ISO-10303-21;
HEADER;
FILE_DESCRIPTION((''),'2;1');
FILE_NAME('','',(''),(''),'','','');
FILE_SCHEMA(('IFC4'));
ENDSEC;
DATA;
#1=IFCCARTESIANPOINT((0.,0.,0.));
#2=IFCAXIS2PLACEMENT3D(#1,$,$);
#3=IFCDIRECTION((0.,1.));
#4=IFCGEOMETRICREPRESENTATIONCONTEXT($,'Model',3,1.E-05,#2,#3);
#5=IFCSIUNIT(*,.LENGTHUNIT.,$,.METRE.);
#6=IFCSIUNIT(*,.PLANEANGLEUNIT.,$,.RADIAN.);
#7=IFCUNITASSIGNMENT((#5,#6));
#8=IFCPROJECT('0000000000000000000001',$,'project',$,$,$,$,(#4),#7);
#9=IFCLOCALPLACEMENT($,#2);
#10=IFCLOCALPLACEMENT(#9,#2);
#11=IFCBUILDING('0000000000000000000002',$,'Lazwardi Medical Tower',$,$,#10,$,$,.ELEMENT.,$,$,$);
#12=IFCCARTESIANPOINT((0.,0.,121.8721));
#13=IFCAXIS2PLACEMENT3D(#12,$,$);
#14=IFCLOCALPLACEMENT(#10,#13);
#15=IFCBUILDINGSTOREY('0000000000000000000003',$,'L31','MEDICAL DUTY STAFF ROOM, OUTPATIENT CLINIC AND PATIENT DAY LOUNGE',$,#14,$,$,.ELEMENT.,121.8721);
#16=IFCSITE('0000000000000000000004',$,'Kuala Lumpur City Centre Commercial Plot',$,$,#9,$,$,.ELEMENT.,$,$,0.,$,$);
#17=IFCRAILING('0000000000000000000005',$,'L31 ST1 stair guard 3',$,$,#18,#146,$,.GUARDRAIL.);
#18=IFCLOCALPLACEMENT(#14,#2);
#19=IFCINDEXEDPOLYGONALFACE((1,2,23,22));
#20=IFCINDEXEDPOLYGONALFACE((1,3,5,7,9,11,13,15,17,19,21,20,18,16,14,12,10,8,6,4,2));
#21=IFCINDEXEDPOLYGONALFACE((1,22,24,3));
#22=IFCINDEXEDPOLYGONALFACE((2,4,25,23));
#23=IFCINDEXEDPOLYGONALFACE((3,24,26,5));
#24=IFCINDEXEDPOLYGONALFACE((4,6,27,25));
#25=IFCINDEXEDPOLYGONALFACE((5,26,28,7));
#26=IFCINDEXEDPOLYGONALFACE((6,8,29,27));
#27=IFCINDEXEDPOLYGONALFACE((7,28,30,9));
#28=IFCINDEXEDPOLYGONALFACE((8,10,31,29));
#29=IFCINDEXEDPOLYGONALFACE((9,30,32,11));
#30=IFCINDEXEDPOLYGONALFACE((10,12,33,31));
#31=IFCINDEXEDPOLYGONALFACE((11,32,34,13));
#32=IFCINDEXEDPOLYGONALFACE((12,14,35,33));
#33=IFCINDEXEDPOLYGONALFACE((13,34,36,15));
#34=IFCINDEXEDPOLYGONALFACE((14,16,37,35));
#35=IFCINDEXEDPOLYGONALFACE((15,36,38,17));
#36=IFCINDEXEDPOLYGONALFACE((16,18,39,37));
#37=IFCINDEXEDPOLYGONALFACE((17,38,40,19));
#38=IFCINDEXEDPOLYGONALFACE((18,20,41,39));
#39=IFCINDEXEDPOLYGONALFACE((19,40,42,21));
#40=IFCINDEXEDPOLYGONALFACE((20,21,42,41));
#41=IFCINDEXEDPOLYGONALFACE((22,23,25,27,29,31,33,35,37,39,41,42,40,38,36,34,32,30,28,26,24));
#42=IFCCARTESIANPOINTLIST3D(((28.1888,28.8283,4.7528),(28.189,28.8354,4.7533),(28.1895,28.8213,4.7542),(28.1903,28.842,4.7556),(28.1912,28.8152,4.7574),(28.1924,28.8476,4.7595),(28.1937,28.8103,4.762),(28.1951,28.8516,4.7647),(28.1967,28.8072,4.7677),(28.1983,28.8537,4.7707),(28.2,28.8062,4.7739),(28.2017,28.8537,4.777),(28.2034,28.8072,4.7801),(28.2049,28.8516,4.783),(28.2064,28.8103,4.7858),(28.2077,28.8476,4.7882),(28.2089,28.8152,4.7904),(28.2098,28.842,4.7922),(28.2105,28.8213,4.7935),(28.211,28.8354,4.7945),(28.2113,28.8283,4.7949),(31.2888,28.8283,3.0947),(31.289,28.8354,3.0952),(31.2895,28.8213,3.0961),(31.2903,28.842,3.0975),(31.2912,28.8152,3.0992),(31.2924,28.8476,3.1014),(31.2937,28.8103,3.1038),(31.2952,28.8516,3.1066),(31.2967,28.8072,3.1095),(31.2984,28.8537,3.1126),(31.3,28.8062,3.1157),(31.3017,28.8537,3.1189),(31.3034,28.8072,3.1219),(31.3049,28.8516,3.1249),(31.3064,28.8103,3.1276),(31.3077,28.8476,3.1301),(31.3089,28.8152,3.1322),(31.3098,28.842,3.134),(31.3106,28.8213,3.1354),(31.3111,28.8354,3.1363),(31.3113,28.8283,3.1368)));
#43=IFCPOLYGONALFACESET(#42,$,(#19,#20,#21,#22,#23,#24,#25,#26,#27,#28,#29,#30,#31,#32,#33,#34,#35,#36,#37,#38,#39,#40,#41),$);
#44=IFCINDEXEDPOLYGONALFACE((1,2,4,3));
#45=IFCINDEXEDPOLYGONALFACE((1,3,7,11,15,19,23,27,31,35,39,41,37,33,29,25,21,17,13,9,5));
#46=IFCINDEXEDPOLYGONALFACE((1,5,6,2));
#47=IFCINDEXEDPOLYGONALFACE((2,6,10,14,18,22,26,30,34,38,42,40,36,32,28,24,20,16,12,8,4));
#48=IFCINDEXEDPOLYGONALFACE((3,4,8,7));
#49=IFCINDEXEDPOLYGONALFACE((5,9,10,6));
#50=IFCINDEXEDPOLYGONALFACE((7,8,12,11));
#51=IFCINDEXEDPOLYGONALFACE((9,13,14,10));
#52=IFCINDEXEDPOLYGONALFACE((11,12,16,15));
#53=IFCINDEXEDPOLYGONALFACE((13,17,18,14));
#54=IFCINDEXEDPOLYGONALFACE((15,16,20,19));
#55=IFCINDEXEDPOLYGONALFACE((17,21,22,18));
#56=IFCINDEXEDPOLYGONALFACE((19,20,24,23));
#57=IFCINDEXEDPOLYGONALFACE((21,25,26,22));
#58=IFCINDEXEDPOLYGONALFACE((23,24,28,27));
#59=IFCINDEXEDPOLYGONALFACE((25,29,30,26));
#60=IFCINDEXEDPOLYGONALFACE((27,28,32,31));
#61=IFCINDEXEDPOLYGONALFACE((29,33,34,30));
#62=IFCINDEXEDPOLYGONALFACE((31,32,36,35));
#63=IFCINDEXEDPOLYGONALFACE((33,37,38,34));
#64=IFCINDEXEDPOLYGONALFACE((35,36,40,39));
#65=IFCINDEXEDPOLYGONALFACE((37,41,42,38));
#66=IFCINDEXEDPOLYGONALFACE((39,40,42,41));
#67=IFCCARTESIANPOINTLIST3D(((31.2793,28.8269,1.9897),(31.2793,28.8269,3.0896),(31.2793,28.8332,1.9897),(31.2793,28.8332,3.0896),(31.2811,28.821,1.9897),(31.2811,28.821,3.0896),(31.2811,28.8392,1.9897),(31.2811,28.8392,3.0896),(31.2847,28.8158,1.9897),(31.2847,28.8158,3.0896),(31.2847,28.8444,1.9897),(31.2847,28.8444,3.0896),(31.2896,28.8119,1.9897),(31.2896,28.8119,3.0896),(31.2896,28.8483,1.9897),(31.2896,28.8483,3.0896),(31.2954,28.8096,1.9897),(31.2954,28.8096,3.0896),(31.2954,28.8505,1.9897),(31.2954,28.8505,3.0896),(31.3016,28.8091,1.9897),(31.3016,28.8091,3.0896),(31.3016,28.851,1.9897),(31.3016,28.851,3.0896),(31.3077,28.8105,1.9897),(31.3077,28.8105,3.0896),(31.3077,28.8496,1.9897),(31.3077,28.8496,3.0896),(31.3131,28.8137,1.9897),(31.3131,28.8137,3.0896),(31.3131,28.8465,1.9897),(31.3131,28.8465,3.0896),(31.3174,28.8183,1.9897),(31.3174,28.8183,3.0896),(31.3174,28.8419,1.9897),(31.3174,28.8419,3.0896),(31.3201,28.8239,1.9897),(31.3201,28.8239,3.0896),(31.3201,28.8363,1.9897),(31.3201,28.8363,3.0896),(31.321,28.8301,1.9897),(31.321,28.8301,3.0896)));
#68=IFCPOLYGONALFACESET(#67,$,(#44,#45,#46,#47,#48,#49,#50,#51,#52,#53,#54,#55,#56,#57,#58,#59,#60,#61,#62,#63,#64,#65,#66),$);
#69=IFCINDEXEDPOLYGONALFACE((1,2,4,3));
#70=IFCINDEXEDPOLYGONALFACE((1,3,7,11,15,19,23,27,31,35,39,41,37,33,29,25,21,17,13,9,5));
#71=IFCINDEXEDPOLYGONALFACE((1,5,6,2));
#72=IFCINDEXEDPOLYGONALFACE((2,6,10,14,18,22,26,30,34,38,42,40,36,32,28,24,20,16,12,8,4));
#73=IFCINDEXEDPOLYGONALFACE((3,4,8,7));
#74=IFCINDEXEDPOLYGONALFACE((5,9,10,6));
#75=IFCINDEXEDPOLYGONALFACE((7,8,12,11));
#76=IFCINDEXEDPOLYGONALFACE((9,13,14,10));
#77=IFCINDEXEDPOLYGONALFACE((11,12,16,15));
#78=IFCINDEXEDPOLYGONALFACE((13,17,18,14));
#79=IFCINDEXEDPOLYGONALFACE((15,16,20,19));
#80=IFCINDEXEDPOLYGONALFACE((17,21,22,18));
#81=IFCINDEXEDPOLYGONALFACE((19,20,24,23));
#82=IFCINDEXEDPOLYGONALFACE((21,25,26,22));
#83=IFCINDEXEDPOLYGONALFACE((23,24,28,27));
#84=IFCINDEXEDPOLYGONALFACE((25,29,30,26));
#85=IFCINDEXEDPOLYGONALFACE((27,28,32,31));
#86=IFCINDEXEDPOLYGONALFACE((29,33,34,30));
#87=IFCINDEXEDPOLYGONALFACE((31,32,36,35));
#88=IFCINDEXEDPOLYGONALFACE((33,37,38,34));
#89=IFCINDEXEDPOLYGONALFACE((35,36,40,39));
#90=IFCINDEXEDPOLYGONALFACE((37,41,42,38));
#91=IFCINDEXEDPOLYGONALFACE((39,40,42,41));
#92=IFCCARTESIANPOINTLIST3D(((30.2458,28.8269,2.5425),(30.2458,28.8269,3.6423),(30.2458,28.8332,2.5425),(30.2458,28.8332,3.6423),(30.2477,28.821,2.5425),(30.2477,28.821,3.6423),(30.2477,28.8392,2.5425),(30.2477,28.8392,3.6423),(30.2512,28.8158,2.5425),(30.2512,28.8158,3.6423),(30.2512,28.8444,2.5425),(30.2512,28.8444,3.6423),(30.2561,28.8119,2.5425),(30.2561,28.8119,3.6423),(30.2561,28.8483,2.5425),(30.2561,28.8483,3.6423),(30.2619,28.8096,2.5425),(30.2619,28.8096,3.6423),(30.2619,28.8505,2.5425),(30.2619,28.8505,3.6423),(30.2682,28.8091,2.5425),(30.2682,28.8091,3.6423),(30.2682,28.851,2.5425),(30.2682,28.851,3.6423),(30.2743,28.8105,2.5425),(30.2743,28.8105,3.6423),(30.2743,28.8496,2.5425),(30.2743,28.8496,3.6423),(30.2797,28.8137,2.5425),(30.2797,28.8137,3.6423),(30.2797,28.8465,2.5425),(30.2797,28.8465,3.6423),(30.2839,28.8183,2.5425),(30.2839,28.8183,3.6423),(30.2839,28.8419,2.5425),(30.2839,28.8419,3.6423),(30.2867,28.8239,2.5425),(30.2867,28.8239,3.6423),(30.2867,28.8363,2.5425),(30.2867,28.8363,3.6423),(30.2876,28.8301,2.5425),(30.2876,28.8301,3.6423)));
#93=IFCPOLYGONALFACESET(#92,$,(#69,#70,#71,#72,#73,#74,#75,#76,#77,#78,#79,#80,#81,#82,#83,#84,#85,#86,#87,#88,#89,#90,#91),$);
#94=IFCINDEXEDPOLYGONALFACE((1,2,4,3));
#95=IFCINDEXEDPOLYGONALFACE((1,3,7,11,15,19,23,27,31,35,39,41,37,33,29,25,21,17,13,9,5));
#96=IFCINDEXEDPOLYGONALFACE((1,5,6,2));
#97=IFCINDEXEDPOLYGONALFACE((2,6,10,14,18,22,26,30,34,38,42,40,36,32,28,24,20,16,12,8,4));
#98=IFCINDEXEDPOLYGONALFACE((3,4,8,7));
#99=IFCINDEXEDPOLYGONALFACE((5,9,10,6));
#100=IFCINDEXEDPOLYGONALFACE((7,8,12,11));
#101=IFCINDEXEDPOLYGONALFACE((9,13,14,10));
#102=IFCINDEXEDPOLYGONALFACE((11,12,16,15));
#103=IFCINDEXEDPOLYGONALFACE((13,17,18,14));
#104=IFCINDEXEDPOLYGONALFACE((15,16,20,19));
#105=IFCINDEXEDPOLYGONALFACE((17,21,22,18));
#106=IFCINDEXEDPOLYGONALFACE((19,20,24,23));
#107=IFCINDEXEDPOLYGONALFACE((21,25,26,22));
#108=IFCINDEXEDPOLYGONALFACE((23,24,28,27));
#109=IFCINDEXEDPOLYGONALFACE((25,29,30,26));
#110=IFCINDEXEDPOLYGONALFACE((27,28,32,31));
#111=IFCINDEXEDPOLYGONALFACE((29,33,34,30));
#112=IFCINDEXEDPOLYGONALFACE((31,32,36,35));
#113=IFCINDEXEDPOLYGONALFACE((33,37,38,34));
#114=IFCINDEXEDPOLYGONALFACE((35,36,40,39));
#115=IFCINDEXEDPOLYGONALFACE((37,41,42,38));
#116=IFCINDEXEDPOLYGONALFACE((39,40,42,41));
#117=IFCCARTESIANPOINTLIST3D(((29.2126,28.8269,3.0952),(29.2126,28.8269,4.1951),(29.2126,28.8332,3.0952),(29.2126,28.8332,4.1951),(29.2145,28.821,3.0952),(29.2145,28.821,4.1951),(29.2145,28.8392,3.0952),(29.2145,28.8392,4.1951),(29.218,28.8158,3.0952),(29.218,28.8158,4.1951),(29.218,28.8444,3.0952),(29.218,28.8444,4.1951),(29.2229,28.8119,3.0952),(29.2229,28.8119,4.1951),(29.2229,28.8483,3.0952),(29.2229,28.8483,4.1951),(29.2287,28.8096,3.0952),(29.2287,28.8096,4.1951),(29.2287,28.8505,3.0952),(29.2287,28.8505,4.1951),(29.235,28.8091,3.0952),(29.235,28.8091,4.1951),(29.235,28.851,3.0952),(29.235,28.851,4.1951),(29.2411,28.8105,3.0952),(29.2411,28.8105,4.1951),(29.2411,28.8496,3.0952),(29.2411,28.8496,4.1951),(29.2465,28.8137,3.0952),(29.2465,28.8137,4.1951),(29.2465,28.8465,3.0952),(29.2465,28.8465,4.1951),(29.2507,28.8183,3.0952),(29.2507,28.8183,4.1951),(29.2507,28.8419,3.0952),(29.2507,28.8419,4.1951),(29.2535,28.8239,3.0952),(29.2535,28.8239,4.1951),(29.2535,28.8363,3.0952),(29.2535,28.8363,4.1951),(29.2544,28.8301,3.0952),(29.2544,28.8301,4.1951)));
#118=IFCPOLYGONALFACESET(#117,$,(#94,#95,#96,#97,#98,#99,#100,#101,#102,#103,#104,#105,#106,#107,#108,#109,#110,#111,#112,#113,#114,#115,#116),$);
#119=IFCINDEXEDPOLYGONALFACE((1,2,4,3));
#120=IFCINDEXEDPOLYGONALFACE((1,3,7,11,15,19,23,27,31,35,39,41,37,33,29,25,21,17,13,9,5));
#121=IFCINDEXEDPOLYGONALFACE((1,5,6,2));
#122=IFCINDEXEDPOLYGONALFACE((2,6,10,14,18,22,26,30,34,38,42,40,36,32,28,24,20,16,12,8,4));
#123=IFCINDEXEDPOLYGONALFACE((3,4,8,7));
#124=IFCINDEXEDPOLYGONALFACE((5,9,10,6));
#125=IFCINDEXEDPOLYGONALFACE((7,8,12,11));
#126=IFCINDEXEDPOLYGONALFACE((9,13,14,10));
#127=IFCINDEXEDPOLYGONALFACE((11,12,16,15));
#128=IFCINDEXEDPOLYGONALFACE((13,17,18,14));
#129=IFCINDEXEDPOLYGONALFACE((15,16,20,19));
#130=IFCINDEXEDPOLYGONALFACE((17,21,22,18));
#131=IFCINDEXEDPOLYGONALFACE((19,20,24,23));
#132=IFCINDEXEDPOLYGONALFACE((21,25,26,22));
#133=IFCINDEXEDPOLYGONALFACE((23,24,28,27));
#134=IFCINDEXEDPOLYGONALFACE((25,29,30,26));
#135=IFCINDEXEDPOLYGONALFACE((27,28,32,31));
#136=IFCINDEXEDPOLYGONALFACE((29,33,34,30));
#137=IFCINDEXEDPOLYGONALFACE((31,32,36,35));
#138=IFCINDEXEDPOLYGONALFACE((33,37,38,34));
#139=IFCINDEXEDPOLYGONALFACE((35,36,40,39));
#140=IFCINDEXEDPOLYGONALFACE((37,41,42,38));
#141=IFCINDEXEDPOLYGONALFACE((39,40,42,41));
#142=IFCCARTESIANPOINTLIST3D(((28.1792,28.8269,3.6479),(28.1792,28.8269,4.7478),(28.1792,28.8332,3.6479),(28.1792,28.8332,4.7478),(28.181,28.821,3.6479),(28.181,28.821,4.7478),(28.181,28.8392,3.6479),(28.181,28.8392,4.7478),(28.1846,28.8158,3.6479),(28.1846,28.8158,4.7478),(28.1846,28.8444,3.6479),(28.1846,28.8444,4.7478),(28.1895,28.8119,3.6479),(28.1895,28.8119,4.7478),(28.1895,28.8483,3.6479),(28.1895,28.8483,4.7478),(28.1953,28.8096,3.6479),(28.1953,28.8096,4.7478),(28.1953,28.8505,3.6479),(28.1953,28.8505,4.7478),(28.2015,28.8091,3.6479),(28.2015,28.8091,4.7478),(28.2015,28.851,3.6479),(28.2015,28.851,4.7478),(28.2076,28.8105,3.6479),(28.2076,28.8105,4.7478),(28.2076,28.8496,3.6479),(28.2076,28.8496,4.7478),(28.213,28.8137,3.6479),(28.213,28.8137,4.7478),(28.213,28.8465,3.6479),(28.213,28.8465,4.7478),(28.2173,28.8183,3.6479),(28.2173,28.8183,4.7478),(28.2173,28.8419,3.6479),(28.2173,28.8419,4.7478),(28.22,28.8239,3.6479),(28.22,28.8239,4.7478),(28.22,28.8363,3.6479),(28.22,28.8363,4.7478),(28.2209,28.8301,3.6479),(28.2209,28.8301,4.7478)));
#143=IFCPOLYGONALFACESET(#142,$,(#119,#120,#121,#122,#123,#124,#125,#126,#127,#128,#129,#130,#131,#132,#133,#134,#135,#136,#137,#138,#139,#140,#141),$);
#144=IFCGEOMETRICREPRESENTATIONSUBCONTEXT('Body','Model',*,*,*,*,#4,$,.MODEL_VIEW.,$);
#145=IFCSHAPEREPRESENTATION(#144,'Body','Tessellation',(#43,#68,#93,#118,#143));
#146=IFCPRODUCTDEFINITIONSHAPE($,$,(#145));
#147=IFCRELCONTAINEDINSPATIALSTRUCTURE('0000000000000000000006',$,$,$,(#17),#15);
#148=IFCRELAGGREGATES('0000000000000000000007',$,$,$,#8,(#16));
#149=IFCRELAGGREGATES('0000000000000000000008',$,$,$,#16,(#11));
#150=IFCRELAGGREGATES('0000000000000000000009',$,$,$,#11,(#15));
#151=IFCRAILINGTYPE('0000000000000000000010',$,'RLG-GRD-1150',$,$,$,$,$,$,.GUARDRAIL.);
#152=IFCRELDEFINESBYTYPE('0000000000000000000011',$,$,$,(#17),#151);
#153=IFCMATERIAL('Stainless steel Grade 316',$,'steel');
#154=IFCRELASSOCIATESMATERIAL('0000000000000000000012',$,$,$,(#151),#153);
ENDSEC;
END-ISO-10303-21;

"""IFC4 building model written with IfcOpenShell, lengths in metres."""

from ifc_helpers import new_model, si_unit, direction, frame, origin, origin_2d, place, context, subcontext, project, spatial, circle, extrude, material, type_object, element, save


model = new_model("IFC4")

# Units and contexts
model_context = context("Model", 3, precision=1e-05, world=origin(), true_north=direction((0.0, 1.0)))
body_context = subcontext(model_context, "Body", "Model", "MODEL_VIEW")
ifc_project = project(units=[si_unit("LENGTHUNIT", "METRE"), si_unit("PLANEANGLEUNIT", "RADIAN")], contexts=[model_context])

# Site, building, storey
site_placement = place(None, origin())
site = spatial("IfcSite", under=ifc_project, at=site_placement, Name="Kuala Lumpur City Centre Commercial Plot", CompositionType="ELEMENT", RefElevation=0.0)
building_placement = place(site_placement, origin())
building = spatial("IfcBuilding", under=site, at=building_placement, Name="Lazwardi Medical Tower", CompositionType="ELEMENT")
storey_placement = place(building_placement, frame((0.0, 0.0, 121.8721)))
storey = spatial("IfcBuildingStorey", under=building, at=storey_placement, Name="L31", Description="MEDICAL DUTY STAFF ROOM, OUTPATIENT CLINIC AND PATIENT DAY LOUNGE", CompositionType="ELEMENT", Elevation=121.8721)

# Railing
ifc_material_1 = material(Name="Stainless steel Grade 316", Category="steel")
railing_type_1 = type_object("IfcRailingType", Name="RLG-GRD-1150", PredefinedType="GUARDRAIL", material=ifc_material_1)
railing_1_placement = place(storey_placement, frame((31.3, 28.8301, 1.9897)))
element("IfcRailing", 1, at=railing_1_placement, inside=storey, type_object=railing_type_1, Name="L31 ST1 stair guard 3", PredefinedType="GUARDRAIL", context=body_context, shape_type="SweptSolid", body=[
    extrude(circle(Radius=0.0239, at=origin_2d()), frame((0.0, 0.0, 1.126), z_axis=(-0.881783, 0.0, 0.471655), x_axis=(0.0, -1.0, 0.0)), (0.0, 0.0, 1.0), 3.5156),
    extrude(circle(Radius=0.021, at=origin_2d()), origin(), (0.0, 0.0, 1.0), 1.0999),
    extrude(circle(Radius=0.021, at=origin_2d()), frame((-1.0334, 0.0, 0.5527)), (0.0, 0.0, 1.0), 1.0999),
    extrude(circle(Radius=0.021, at=origin_2d()), frame((-2.0667, 0.0, 1.1055)), (0.0, 0.0, 1.0), 1.0999),
    extrude(circle(Radius=0.021, at=origin_2d()), frame((-3.1001, 0.0, 1.6582)), (0.0, 0.0, 1.0), 1.0999),
])

save(model, "model.ifc")
